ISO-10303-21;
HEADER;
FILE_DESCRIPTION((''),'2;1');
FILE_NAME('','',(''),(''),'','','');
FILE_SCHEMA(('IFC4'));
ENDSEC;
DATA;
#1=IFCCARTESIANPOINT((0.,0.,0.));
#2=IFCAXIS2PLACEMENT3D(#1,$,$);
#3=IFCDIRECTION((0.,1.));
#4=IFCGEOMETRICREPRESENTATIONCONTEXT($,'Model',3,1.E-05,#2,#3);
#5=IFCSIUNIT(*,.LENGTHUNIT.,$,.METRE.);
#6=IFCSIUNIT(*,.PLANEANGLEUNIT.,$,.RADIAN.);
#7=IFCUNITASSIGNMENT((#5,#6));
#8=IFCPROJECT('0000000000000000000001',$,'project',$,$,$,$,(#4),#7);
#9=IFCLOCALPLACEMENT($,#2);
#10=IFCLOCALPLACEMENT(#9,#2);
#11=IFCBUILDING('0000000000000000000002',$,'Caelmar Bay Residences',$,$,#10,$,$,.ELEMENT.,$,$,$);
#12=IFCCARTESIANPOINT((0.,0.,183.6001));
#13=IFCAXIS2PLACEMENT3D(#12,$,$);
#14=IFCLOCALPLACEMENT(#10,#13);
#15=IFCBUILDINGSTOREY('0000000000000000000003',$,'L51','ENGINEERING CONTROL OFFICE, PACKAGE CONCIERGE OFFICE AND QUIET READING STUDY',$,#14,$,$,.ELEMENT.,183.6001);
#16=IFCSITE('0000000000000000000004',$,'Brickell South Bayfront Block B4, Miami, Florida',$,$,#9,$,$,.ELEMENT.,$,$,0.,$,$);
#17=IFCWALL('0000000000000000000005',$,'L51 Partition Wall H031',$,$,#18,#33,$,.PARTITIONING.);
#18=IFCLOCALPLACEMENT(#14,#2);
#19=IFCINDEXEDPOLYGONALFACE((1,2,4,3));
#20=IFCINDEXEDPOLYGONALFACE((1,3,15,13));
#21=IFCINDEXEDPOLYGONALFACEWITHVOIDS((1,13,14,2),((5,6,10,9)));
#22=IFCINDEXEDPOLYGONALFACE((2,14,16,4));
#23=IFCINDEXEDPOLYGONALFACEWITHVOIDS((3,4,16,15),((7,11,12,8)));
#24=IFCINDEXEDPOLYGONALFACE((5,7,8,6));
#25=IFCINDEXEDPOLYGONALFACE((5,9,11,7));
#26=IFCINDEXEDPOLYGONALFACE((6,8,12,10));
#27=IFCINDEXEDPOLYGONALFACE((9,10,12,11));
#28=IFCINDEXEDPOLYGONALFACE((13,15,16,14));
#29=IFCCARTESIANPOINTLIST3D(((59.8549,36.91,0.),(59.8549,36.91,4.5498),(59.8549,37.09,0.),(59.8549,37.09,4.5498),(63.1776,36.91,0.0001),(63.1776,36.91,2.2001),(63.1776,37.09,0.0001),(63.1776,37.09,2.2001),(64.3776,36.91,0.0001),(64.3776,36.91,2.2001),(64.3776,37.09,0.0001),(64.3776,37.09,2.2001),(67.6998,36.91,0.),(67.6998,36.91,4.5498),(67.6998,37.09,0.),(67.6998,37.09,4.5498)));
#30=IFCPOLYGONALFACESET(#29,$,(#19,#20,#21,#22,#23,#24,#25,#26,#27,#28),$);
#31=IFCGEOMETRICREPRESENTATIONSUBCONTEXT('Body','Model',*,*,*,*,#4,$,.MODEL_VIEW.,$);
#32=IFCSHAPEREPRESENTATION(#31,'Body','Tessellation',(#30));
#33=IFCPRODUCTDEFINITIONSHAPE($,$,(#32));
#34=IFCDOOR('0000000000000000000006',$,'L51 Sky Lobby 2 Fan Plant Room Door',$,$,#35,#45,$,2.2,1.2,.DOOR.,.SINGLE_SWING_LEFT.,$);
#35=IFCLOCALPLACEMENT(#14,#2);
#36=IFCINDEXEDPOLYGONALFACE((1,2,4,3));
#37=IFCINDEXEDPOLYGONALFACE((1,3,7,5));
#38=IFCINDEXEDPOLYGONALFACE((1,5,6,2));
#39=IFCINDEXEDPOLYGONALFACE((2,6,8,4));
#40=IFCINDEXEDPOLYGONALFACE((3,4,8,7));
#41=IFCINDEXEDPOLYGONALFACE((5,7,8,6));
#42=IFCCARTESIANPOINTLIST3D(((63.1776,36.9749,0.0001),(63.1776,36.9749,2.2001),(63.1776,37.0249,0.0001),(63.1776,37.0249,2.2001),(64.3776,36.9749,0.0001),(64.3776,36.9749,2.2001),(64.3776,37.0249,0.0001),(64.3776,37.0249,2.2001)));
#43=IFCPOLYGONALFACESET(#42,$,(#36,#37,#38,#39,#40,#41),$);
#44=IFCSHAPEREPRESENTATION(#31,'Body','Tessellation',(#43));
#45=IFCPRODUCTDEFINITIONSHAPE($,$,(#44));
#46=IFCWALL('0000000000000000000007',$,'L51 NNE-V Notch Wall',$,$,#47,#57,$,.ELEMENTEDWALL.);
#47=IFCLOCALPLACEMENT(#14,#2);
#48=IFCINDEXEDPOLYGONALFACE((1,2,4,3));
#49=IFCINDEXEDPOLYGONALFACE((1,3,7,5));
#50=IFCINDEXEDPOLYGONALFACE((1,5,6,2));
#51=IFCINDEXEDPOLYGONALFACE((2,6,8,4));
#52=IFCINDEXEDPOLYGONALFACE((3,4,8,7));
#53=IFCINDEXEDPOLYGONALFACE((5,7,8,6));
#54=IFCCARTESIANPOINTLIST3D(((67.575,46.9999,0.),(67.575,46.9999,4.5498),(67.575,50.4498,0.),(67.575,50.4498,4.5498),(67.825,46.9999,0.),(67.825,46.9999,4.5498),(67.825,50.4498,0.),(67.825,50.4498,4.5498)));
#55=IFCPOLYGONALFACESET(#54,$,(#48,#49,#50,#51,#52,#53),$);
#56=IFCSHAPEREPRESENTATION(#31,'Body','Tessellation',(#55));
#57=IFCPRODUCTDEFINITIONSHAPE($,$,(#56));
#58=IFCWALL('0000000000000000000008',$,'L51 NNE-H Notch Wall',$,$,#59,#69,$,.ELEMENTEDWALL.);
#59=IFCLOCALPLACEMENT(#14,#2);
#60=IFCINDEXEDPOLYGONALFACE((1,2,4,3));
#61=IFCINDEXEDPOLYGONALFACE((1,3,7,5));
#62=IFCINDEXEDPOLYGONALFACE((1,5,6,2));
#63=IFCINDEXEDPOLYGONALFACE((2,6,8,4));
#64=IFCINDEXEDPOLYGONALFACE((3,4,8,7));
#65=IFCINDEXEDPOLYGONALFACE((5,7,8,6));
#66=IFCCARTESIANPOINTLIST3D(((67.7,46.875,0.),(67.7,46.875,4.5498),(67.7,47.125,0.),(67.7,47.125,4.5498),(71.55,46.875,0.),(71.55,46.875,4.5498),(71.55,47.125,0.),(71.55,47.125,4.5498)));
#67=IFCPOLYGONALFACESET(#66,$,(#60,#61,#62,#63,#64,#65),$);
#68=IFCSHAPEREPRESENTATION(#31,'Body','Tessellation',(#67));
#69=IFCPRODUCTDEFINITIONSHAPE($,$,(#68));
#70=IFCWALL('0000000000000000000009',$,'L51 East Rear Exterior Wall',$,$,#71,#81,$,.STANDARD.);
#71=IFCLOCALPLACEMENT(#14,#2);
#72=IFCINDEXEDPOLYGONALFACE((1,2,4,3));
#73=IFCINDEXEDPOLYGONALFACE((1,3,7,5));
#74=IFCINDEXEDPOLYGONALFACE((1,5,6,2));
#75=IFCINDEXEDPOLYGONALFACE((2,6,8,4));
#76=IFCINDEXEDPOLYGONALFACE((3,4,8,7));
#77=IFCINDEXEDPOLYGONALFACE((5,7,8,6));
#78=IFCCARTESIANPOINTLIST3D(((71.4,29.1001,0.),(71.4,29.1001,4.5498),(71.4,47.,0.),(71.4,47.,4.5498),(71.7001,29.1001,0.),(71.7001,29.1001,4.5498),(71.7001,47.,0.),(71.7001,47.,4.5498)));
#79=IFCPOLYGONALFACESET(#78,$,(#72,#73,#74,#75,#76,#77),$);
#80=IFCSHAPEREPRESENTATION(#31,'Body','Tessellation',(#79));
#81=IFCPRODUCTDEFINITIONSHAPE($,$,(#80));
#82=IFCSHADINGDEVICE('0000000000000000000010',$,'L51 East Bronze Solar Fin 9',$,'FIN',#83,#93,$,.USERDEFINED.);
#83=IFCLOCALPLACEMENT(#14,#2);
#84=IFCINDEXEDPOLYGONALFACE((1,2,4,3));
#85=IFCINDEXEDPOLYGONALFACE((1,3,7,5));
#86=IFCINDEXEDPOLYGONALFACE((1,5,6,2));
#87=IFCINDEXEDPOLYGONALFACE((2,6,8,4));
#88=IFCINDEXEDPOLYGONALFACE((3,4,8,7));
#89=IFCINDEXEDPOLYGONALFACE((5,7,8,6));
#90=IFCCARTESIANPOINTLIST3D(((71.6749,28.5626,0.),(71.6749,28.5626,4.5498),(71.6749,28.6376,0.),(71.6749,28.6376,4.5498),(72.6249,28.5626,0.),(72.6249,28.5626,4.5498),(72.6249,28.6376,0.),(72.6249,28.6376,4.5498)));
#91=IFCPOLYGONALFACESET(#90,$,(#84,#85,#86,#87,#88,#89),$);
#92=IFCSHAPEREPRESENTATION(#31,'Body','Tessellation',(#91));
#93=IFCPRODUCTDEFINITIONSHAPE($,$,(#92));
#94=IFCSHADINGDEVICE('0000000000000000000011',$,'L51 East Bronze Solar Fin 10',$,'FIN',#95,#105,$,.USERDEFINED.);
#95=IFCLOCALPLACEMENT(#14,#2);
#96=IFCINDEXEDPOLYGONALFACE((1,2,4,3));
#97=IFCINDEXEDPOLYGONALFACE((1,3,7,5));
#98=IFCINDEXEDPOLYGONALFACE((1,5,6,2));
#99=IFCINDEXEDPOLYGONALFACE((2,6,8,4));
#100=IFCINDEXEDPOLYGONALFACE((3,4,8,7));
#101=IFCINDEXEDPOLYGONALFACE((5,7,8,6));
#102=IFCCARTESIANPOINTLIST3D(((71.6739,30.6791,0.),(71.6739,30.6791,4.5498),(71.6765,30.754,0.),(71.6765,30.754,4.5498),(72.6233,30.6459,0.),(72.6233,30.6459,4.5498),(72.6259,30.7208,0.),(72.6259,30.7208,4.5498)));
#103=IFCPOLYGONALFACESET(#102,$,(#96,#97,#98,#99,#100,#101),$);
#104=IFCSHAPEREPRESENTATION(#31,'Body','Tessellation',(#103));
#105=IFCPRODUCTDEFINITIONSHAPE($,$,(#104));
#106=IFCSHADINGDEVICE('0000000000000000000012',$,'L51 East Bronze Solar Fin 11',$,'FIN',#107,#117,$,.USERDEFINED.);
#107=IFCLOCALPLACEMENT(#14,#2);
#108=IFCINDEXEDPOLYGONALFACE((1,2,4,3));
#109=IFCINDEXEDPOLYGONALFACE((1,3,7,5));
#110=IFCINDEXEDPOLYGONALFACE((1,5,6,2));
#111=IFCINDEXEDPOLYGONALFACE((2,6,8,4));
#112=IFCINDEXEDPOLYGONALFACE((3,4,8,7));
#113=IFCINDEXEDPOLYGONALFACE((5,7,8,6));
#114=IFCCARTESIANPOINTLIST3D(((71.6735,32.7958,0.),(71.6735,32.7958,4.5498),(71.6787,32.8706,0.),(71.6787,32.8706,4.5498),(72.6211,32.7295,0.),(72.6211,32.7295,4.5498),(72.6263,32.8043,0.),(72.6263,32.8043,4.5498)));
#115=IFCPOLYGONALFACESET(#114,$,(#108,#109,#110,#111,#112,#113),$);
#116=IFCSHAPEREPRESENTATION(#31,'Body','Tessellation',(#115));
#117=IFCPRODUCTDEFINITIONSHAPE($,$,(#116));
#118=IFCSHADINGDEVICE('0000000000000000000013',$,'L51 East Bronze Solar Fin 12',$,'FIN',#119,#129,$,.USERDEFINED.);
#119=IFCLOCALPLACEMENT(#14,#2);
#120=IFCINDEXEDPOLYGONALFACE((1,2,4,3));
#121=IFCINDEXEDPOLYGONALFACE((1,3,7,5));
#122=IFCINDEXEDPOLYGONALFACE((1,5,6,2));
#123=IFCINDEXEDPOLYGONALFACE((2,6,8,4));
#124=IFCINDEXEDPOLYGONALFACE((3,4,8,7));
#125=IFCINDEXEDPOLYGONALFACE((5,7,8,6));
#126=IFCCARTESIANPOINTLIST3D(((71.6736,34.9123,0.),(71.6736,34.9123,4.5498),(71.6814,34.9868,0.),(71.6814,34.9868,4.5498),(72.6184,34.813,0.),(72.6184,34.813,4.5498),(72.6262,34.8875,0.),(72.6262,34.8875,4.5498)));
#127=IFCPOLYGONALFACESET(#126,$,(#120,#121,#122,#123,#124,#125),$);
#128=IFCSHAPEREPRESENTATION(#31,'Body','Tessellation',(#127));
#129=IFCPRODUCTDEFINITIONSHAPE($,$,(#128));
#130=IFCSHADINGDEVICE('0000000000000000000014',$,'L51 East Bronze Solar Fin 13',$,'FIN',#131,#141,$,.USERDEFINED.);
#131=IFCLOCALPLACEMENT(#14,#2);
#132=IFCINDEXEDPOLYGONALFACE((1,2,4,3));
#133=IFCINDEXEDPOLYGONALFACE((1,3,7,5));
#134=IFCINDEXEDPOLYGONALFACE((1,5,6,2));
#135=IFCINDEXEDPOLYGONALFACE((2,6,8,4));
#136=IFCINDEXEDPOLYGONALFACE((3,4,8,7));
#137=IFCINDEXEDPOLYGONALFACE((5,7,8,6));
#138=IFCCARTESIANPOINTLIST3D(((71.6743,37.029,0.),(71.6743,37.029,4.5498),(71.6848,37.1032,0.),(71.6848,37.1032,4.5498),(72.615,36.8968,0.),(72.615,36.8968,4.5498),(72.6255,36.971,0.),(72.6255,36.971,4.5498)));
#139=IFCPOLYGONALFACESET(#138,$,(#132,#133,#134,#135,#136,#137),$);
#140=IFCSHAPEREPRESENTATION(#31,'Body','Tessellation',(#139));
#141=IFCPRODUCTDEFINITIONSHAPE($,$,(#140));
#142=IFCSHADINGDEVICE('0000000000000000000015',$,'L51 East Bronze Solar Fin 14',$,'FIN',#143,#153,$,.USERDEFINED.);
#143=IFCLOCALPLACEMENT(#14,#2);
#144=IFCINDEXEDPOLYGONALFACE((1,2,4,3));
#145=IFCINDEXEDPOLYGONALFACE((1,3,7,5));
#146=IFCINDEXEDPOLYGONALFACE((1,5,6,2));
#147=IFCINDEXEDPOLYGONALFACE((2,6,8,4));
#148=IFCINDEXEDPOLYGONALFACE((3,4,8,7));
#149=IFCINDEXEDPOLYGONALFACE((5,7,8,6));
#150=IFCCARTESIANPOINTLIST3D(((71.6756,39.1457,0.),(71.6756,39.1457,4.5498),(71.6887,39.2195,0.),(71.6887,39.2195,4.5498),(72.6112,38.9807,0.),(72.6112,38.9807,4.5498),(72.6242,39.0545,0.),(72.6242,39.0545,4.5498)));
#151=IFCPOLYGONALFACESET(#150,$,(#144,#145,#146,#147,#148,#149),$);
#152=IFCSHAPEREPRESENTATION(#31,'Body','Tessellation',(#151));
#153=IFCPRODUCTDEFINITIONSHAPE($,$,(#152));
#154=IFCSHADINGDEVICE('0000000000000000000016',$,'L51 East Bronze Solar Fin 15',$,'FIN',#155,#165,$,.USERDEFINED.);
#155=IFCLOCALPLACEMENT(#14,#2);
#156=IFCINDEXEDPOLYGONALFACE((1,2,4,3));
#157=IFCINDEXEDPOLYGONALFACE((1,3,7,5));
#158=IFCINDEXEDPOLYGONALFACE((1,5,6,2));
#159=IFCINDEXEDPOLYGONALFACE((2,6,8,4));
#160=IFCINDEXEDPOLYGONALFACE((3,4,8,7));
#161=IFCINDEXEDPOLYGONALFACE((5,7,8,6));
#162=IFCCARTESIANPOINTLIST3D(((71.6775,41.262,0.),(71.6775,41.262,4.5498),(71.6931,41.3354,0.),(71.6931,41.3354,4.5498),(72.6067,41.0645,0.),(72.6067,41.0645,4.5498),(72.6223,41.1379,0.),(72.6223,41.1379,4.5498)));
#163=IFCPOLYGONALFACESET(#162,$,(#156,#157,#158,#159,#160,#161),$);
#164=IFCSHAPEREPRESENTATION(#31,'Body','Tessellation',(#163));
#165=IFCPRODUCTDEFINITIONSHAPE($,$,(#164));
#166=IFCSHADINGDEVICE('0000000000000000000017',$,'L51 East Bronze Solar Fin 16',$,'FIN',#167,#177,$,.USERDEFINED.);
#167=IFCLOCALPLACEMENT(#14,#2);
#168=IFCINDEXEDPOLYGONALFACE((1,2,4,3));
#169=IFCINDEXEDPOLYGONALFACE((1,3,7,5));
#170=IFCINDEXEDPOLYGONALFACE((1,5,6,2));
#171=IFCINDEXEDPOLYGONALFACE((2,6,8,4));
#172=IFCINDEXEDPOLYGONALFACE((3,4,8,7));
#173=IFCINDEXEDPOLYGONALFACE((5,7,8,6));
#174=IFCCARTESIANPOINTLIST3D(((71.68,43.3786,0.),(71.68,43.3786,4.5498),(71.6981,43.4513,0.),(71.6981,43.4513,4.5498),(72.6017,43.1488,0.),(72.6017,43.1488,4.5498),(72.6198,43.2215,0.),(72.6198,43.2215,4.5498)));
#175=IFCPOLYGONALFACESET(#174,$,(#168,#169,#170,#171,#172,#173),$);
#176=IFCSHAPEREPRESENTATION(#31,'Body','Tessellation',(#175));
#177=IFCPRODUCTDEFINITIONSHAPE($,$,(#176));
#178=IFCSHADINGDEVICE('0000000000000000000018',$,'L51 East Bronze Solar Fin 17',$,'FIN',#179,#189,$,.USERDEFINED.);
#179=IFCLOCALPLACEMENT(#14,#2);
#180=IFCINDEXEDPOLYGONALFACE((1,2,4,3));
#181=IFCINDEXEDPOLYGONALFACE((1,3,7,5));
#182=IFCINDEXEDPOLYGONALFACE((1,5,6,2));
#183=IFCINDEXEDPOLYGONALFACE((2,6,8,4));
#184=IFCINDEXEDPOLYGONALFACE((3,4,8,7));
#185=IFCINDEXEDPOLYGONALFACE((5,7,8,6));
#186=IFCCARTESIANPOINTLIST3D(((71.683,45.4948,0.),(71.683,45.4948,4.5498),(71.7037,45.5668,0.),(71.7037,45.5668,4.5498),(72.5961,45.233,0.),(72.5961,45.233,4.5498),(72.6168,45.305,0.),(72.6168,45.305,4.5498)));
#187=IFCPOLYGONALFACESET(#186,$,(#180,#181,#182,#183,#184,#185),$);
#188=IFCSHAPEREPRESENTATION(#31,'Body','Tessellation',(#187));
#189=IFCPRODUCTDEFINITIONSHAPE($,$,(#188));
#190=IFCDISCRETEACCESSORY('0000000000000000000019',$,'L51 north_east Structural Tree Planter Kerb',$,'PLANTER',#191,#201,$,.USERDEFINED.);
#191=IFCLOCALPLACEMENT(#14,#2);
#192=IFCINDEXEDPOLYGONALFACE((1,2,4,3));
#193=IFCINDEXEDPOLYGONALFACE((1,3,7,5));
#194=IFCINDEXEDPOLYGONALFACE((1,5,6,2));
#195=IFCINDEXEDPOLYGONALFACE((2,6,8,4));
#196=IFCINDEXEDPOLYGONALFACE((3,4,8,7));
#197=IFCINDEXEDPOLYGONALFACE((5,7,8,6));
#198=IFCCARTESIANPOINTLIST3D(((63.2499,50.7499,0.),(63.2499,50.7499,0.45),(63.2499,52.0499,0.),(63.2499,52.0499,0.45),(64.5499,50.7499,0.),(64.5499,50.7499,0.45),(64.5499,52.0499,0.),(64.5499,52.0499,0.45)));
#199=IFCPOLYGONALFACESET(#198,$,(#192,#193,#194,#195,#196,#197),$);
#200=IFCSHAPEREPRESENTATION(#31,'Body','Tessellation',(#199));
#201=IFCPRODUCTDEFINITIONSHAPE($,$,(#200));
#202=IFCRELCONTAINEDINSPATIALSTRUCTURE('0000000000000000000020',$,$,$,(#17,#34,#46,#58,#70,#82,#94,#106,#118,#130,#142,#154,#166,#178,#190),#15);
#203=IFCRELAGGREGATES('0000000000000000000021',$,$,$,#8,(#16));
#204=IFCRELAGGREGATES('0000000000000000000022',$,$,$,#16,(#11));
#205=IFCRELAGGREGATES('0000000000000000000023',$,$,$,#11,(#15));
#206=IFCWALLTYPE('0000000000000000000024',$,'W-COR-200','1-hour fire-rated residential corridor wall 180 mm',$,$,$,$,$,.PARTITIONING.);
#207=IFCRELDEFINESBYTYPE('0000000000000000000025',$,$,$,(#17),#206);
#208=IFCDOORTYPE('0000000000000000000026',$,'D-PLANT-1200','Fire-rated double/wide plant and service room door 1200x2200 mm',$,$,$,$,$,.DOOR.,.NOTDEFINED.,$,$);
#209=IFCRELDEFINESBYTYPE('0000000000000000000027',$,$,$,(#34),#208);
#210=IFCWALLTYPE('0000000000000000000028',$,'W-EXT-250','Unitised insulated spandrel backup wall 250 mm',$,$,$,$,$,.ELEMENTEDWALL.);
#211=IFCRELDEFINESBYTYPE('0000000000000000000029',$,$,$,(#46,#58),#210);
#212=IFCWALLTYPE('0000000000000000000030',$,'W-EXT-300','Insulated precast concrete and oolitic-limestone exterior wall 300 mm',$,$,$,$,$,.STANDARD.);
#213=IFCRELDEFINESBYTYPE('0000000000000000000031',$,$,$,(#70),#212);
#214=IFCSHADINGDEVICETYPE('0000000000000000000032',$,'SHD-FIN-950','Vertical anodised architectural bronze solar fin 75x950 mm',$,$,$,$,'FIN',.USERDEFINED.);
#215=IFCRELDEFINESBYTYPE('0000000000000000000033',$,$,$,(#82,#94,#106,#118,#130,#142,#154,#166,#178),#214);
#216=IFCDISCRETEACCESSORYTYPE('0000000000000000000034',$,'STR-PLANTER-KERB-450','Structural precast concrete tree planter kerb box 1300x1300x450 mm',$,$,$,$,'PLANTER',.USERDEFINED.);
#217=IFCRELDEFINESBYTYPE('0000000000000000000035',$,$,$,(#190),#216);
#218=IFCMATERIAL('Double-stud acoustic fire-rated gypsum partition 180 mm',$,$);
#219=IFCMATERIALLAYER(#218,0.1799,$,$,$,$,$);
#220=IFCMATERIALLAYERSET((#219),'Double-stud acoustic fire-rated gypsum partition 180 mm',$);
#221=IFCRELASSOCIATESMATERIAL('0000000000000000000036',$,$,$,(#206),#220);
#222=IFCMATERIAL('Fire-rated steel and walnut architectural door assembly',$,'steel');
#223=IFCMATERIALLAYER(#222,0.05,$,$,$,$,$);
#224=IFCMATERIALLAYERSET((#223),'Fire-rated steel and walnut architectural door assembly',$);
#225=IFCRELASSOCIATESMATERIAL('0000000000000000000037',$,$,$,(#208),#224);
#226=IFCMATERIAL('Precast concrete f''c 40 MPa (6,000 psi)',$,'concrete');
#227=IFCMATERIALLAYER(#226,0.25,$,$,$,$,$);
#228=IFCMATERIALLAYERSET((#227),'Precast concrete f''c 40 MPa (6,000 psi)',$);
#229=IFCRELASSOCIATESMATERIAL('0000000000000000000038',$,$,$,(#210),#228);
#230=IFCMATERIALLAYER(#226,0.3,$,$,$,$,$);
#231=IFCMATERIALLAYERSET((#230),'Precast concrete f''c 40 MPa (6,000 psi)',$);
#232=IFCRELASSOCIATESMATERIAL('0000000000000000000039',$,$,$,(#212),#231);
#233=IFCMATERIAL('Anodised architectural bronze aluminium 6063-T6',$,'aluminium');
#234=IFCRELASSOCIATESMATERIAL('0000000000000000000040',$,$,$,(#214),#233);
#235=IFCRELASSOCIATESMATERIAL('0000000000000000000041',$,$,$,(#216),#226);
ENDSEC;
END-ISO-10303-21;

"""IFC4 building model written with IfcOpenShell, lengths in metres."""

from ifc_helpers import new_model, si_unit, direction, frame, frame_2d, origin, origin_2d, place, context, subcontext, project, spatial, rectangle, extrude, material, layer, layer_set, material_profile, profile_set, type_object, element, fill, save


model = new_model("IFC4")

# Units and contexts
model_context = context("Model", 3, precision=1e-05, world=origin(), true_north=direction((0.0, 1.0)))
body_context = subcontext(model_context, "Body", "Model", "MODEL_VIEW")
ifc_project = project(units=[si_unit("LENGTHUNIT", "METRE"), si_unit("PLANEANGLEUNIT", "RADIAN")], contexts=[model_context])

# Site, building, storey
site_placement = place(None, origin())
site = spatial("IfcSite", under=ifc_project, at=site_placement, Name="Brickell South Bayfront Block B4, Miami, Florida", CompositionType="ELEMENT", RefElevation=0.0)
building_placement = place(site_placement, origin())
building = spatial("IfcBuilding", under=site, at=building_placement, Name="Caelmar Bay Residences", CompositionType="ELEMENT")
storey_placement = place(building_placement, frame((0.0, 0.0, 183.6001)))
storey = spatial("IfcBuildingStorey", under=building, at=storey_placement, Name="L51", Description="ENGINEERING CONTROL OFFICE, PACKAGE CONCIERGE OFFICE AND QUIET READING STUDY", CompositionType="ELEMENT", Elevation=183.6001)

# Wall, opening, door
ifc_material_1 = material(Name="Double-stud acoustic fire-rated gypsum partition 180 mm")
ifc_layer_1 = layer(ifc_material_1, 0.1799)
ifc_layer_set_1 = layer_set([ifc_layer_1], Name="Double-stud acoustic fire-rated gypsum partition 180 mm")
wall_type_1 = type_object("IfcWallType", Name="W-COR-200", Description="1-hour fire-rated residential corridor wall 180 mm", PredefinedType="PARTITIONING", material=ifc_layer_set_1)
wall_1_placement = place(storey_placement, frame((59.855, 37.0, 0.0), z_axis=(0.0, 0.0, 1.0), x_axis=(1.0, 0.0, 0.0)))
wall_1 = element("IfcWall", 1, at=wall_1_placement, inside=storey, type_object=wall_type_1, Name="L51 Partition Wall H031", PredefinedType="PARTITIONING", context=body_context, shape_type="SweptSolid", body=[
    extrude(rectangle(XDim=7.845, YDim=0.1799, at=frame_2d((3.9224, 0.0))), origin(), (0.0, 0.0, 1.0), 4.5498),
])
opening_placement = place(wall_1_placement, frame((3.3225, 0.0, 0.0)))
opening = element("IfcOpeningElement", 2, at=opening_placement, cuts=wall_1, PredefinedType="OPENING", context=body_context, shape_type="SweptSolid", body=[
    extrude(rectangle(XDim=1.2, YDim=2.2, at=frame_2d((0.6001, 1.1001))), frame((0.0, 0.0999, 0.0), z_axis=(0.0, -1.0, 0.0), x_axis=(1.0, 0.0, 0.0)), (0.0, 0.0, 1.0), 0.2),
])
ifc_material_2 = material(Name="Fire-rated steel and walnut architectural door assembly", Category="steel")
ifc_layer_2 = layer(ifc_material_2, 0.05)
ifc_layer_set_2 = layer_set([ifc_layer_2], Name="Fire-rated steel and walnut architectural door assembly")
door_type = type_object("IfcDoorType", Name="D-PLANT-1200", Description="Fire-rated double/wide plant and service room door 1200x2200 mm", OperationType="NOTDEFINED", PredefinedType="DOOR", material=ifc_layer_set_2)
door_placement = place(opening_placement, origin())
door = element("IfcDoor", 3, at=door_placement, inside=storey, type_object=door_type, Name="L51 Sky Lobby 2 Fan Plant Room Door", OperationType="SINGLE_SWING_LEFT", OverallHeight=2.2, OverallWidth=1.2, PredefinedType="DOOR", context=body_context, shape_type="SweptSolid", body=[
    extrude(rectangle(XDim=1.2, YDim=2.2, at=frame_2d((0.6001, 1.1001))), frame((0.0, 0.0249, 0.0), z_axis=(0.0, -1.0, 0.0), x_axis=(1.0, 0.0, 0.0)), (0.0, 0.0, 1.0), 0.05),
])
fill(opening, door)

# Walls
ifc_material_3 = material(Name="Precast concrete f'c 40 MPa (6,000 psi)", Category="concrete")
ifc_layer_3 = layer(ifc_material_3, 0.25)
ifc_layer_set_3 = layer_set([ifc_layer_3], Name="Precast concrete f'c 40 MPa (6,000 psi)")
wall_type_2 = type_object("IfcWallType", Name="W-EXT-250", Description="Unitised insulated spandrel backup wall 250 mm", PredefinedType="ELEMENTEDWALL", material=ifc_layer_set_3)
wall_2_placement = place(storey_placement, frame((67.7, 50.45, 0.0), z_axis=(0.0, 0.0, 1.0), x_axis=(0.0, -1.0, 0.0)))
element("IfcWall", 4, at=wall_2_placement, inside=storey, type_object=wall_type_2, Name="L51 NNE-V Notch Wall", PredefinedType="ELEMENTEDWALL", context=body_context, shape_type="SweptSolid", body=[
    extrude(rectangle(XDim=3.45, YDim=0.25, at=frame_2d((1.7251, 0.0))), origin(), (0.0, 0.0, 1.0), 4.5498),
])
wall_3_placement = place(storey_placement, frame((67.7, 47.0, 0.0), z_axis=(0.0, 0.0, 1.0), x_axis=(1.0, 0.0, 0.0)))
element("IfcWall", 5, at=wall_3_placement, inside=storey, type_object=wall_type_2, Name="L51 NNE-H Notch Wall", PredefinedType="ELEMENTEDWALL", context=body_context, shape_type="SweptSolid", body=[
    extrude(rectangle(XDim=3.8501, YDim=0.25, at=frame_2d((1.925, 0.0))), origin(), (0.0, 0.0, 1.0), 4.5498),
])
ifc_layer_4 = layer(ifc_material_3, 0.3)
ifc_layer_set_4 = layer_set([ifc_layer_4], Name="Precast concrete f'c 40 MPa (6,000 psi)")
wall_type_3 = type_object("IfcWallType", Name="W-EXT-300", Description="Insulated precast concrete and oolitic-limestone exterior wall 300 mm", PredefinedType="STANDARD", material=ifc_layer_set_4)
wall_4_placement = place(storey_placement, frame((71.55, 47.0, 0.0), z_axis=(0.0, 0.0, 1.0), x_axis=(0.0, -1.0, 0.0)))
element("IfcWall", 6, at=wall_4_placement, inside=storey, type_object=wall_type_3, Name="L51 East Rear Exterior Wall", PredefinedType="STANDARD", context=body_context, shape_type="SweptSolid", body=[
    extrude(rectangle(XDim=17.8999, YDim=0.3, at=frame_2d((8.95, 0.0))), origin(), (0.0, 0.0, 1.0), 4.5498),
])

# Shading devices
ifc_material_4 = material(Name="Anodised architectural bronze aluminium 6063-T6", Category="aluminium")
ifc_material_profile_1 = material_profile(ifc_material_4, rectangle(XDim=0.075, YDim=0.95, at=origin_2d()), Name="BRONZE-FIN-75X950")
ifc_profile_set_1 = profile_set([ifc_material_profile_1], Name="Anodised architectural bronze aluminium 6063-T6")
shading_device_type = type_object("IfcShadingDeviceType", Name="SHD-FIN-950", Description="Vertical anodised architectural bronze solar fin 75x950 mm", ElementType="FIN", PredefinedType="USERDEFINED", material=ifc_profile_set_1)
for number, where, z_axis, x_axis, name in (
    (7, (72.1499, 28.6001, 0.0), (0.0, 0.0, 1.0), (0.0, 1.0, 0.0), "L51 East Bronze Solar Fin 9"),
    (8, (72.1499, 30.7, 0.0), (0.0, 0.0, 1.0), (0.034899, 0.999391, 0.0), "L51 East Bronze Solar Fin 10"),
    (9, (72.1499, 32.8, 0.0), (0.0, 0.0, 1.0), (0.069756, 0.997564, 0.0), "L51 East Bronze Solar Fin 11"),
    (10, (72.1499, 34.8999, 0.0), (0.0, 0.0, 1.0), (0.104528, 0.994522, 0.0), "L51 East Bronze Solar Fin 12"),
    (11, (72.1499, 37.0, 0.0), (0.0, 0.0, 1.0), (0.139173, 0.990268, 0.0), "L51 East Bronze Solar Fin 13"),
    (12, (72.1499, 39.1001, 0.0), (0.0, 0.0, 1.0), (0.173648, 0.984808, 0.0), "L51 East Bronze Solar Fin 14"),
    (13, (72.1499, 41.2, 0.0), (0.0, 0.0, 1.0), (0.207912, 0.978148, 0.0), "L51 East Bronze Solar Fin 15"),
    (14, (72.1499, 43.3, 0.0), (0.0, 0.0, 1.0), (0.241922, 0.970296, 0.0), "L51 East Bronze Solar Fin 16"),
    (15, (72.1499, 45.3999, 0.0), (0.0, 0.0, 1.0), (0.275637, 0.961262, 0.0), "L51 East Bronze Solar Fin 17"),
):
    element("IfcShadingDevice", number, at=place(storey_placement, frame(where, z_axis=z_axis, x_axis=x_axis)), inside=storey, type_object=shading_device_type, Name=name, ObjectType="FIN", PredefinedType="USERDEFINED", context=body_context, shape_type="SweptSolid", body=[
        extrude(rectangle(XDim=0.075, YDim=0.95, at=origin_2d()), origin(), (0.0, 0.0, 1.0), 4.5498),
    ])

# Discrete accessory
discrete_accessory_type = type_object("IfcDiscreteAccessoryType", Name="STR-PLANTER-KERB-450", Description="Structural precast concrete tree planter kerb box 1300x1300x450 mm", ElementType="PLANTER", PredefinedType="USERDEFINED", material=ifc_material_3)
discrete_accessory_placement = place(storey_placement, frame((63.8999, 51.3999, 0.0), z_axis=(0.0, 0.0, 1.0), x_axis=(1.0, 0.0, 0.0)))
element("IfcDiscreteAccessory", 16, at=discrete_accessory_placement, inside=storey, type_object=discrete_accessory_type, Name="L51 north_east Structural Tree Planter Kerb", ObjectType="PLANTER", PredefinedType="USERDEFINED", context=body_context, shape_type="SweptSolid", body=[
    extrude(rectangle(XDim=1.3, YDim=1.3, at=origin_2d()), origin(), (0.0, 0.0, 1.0), 0.45),
])

save(model, "model.ifc")
